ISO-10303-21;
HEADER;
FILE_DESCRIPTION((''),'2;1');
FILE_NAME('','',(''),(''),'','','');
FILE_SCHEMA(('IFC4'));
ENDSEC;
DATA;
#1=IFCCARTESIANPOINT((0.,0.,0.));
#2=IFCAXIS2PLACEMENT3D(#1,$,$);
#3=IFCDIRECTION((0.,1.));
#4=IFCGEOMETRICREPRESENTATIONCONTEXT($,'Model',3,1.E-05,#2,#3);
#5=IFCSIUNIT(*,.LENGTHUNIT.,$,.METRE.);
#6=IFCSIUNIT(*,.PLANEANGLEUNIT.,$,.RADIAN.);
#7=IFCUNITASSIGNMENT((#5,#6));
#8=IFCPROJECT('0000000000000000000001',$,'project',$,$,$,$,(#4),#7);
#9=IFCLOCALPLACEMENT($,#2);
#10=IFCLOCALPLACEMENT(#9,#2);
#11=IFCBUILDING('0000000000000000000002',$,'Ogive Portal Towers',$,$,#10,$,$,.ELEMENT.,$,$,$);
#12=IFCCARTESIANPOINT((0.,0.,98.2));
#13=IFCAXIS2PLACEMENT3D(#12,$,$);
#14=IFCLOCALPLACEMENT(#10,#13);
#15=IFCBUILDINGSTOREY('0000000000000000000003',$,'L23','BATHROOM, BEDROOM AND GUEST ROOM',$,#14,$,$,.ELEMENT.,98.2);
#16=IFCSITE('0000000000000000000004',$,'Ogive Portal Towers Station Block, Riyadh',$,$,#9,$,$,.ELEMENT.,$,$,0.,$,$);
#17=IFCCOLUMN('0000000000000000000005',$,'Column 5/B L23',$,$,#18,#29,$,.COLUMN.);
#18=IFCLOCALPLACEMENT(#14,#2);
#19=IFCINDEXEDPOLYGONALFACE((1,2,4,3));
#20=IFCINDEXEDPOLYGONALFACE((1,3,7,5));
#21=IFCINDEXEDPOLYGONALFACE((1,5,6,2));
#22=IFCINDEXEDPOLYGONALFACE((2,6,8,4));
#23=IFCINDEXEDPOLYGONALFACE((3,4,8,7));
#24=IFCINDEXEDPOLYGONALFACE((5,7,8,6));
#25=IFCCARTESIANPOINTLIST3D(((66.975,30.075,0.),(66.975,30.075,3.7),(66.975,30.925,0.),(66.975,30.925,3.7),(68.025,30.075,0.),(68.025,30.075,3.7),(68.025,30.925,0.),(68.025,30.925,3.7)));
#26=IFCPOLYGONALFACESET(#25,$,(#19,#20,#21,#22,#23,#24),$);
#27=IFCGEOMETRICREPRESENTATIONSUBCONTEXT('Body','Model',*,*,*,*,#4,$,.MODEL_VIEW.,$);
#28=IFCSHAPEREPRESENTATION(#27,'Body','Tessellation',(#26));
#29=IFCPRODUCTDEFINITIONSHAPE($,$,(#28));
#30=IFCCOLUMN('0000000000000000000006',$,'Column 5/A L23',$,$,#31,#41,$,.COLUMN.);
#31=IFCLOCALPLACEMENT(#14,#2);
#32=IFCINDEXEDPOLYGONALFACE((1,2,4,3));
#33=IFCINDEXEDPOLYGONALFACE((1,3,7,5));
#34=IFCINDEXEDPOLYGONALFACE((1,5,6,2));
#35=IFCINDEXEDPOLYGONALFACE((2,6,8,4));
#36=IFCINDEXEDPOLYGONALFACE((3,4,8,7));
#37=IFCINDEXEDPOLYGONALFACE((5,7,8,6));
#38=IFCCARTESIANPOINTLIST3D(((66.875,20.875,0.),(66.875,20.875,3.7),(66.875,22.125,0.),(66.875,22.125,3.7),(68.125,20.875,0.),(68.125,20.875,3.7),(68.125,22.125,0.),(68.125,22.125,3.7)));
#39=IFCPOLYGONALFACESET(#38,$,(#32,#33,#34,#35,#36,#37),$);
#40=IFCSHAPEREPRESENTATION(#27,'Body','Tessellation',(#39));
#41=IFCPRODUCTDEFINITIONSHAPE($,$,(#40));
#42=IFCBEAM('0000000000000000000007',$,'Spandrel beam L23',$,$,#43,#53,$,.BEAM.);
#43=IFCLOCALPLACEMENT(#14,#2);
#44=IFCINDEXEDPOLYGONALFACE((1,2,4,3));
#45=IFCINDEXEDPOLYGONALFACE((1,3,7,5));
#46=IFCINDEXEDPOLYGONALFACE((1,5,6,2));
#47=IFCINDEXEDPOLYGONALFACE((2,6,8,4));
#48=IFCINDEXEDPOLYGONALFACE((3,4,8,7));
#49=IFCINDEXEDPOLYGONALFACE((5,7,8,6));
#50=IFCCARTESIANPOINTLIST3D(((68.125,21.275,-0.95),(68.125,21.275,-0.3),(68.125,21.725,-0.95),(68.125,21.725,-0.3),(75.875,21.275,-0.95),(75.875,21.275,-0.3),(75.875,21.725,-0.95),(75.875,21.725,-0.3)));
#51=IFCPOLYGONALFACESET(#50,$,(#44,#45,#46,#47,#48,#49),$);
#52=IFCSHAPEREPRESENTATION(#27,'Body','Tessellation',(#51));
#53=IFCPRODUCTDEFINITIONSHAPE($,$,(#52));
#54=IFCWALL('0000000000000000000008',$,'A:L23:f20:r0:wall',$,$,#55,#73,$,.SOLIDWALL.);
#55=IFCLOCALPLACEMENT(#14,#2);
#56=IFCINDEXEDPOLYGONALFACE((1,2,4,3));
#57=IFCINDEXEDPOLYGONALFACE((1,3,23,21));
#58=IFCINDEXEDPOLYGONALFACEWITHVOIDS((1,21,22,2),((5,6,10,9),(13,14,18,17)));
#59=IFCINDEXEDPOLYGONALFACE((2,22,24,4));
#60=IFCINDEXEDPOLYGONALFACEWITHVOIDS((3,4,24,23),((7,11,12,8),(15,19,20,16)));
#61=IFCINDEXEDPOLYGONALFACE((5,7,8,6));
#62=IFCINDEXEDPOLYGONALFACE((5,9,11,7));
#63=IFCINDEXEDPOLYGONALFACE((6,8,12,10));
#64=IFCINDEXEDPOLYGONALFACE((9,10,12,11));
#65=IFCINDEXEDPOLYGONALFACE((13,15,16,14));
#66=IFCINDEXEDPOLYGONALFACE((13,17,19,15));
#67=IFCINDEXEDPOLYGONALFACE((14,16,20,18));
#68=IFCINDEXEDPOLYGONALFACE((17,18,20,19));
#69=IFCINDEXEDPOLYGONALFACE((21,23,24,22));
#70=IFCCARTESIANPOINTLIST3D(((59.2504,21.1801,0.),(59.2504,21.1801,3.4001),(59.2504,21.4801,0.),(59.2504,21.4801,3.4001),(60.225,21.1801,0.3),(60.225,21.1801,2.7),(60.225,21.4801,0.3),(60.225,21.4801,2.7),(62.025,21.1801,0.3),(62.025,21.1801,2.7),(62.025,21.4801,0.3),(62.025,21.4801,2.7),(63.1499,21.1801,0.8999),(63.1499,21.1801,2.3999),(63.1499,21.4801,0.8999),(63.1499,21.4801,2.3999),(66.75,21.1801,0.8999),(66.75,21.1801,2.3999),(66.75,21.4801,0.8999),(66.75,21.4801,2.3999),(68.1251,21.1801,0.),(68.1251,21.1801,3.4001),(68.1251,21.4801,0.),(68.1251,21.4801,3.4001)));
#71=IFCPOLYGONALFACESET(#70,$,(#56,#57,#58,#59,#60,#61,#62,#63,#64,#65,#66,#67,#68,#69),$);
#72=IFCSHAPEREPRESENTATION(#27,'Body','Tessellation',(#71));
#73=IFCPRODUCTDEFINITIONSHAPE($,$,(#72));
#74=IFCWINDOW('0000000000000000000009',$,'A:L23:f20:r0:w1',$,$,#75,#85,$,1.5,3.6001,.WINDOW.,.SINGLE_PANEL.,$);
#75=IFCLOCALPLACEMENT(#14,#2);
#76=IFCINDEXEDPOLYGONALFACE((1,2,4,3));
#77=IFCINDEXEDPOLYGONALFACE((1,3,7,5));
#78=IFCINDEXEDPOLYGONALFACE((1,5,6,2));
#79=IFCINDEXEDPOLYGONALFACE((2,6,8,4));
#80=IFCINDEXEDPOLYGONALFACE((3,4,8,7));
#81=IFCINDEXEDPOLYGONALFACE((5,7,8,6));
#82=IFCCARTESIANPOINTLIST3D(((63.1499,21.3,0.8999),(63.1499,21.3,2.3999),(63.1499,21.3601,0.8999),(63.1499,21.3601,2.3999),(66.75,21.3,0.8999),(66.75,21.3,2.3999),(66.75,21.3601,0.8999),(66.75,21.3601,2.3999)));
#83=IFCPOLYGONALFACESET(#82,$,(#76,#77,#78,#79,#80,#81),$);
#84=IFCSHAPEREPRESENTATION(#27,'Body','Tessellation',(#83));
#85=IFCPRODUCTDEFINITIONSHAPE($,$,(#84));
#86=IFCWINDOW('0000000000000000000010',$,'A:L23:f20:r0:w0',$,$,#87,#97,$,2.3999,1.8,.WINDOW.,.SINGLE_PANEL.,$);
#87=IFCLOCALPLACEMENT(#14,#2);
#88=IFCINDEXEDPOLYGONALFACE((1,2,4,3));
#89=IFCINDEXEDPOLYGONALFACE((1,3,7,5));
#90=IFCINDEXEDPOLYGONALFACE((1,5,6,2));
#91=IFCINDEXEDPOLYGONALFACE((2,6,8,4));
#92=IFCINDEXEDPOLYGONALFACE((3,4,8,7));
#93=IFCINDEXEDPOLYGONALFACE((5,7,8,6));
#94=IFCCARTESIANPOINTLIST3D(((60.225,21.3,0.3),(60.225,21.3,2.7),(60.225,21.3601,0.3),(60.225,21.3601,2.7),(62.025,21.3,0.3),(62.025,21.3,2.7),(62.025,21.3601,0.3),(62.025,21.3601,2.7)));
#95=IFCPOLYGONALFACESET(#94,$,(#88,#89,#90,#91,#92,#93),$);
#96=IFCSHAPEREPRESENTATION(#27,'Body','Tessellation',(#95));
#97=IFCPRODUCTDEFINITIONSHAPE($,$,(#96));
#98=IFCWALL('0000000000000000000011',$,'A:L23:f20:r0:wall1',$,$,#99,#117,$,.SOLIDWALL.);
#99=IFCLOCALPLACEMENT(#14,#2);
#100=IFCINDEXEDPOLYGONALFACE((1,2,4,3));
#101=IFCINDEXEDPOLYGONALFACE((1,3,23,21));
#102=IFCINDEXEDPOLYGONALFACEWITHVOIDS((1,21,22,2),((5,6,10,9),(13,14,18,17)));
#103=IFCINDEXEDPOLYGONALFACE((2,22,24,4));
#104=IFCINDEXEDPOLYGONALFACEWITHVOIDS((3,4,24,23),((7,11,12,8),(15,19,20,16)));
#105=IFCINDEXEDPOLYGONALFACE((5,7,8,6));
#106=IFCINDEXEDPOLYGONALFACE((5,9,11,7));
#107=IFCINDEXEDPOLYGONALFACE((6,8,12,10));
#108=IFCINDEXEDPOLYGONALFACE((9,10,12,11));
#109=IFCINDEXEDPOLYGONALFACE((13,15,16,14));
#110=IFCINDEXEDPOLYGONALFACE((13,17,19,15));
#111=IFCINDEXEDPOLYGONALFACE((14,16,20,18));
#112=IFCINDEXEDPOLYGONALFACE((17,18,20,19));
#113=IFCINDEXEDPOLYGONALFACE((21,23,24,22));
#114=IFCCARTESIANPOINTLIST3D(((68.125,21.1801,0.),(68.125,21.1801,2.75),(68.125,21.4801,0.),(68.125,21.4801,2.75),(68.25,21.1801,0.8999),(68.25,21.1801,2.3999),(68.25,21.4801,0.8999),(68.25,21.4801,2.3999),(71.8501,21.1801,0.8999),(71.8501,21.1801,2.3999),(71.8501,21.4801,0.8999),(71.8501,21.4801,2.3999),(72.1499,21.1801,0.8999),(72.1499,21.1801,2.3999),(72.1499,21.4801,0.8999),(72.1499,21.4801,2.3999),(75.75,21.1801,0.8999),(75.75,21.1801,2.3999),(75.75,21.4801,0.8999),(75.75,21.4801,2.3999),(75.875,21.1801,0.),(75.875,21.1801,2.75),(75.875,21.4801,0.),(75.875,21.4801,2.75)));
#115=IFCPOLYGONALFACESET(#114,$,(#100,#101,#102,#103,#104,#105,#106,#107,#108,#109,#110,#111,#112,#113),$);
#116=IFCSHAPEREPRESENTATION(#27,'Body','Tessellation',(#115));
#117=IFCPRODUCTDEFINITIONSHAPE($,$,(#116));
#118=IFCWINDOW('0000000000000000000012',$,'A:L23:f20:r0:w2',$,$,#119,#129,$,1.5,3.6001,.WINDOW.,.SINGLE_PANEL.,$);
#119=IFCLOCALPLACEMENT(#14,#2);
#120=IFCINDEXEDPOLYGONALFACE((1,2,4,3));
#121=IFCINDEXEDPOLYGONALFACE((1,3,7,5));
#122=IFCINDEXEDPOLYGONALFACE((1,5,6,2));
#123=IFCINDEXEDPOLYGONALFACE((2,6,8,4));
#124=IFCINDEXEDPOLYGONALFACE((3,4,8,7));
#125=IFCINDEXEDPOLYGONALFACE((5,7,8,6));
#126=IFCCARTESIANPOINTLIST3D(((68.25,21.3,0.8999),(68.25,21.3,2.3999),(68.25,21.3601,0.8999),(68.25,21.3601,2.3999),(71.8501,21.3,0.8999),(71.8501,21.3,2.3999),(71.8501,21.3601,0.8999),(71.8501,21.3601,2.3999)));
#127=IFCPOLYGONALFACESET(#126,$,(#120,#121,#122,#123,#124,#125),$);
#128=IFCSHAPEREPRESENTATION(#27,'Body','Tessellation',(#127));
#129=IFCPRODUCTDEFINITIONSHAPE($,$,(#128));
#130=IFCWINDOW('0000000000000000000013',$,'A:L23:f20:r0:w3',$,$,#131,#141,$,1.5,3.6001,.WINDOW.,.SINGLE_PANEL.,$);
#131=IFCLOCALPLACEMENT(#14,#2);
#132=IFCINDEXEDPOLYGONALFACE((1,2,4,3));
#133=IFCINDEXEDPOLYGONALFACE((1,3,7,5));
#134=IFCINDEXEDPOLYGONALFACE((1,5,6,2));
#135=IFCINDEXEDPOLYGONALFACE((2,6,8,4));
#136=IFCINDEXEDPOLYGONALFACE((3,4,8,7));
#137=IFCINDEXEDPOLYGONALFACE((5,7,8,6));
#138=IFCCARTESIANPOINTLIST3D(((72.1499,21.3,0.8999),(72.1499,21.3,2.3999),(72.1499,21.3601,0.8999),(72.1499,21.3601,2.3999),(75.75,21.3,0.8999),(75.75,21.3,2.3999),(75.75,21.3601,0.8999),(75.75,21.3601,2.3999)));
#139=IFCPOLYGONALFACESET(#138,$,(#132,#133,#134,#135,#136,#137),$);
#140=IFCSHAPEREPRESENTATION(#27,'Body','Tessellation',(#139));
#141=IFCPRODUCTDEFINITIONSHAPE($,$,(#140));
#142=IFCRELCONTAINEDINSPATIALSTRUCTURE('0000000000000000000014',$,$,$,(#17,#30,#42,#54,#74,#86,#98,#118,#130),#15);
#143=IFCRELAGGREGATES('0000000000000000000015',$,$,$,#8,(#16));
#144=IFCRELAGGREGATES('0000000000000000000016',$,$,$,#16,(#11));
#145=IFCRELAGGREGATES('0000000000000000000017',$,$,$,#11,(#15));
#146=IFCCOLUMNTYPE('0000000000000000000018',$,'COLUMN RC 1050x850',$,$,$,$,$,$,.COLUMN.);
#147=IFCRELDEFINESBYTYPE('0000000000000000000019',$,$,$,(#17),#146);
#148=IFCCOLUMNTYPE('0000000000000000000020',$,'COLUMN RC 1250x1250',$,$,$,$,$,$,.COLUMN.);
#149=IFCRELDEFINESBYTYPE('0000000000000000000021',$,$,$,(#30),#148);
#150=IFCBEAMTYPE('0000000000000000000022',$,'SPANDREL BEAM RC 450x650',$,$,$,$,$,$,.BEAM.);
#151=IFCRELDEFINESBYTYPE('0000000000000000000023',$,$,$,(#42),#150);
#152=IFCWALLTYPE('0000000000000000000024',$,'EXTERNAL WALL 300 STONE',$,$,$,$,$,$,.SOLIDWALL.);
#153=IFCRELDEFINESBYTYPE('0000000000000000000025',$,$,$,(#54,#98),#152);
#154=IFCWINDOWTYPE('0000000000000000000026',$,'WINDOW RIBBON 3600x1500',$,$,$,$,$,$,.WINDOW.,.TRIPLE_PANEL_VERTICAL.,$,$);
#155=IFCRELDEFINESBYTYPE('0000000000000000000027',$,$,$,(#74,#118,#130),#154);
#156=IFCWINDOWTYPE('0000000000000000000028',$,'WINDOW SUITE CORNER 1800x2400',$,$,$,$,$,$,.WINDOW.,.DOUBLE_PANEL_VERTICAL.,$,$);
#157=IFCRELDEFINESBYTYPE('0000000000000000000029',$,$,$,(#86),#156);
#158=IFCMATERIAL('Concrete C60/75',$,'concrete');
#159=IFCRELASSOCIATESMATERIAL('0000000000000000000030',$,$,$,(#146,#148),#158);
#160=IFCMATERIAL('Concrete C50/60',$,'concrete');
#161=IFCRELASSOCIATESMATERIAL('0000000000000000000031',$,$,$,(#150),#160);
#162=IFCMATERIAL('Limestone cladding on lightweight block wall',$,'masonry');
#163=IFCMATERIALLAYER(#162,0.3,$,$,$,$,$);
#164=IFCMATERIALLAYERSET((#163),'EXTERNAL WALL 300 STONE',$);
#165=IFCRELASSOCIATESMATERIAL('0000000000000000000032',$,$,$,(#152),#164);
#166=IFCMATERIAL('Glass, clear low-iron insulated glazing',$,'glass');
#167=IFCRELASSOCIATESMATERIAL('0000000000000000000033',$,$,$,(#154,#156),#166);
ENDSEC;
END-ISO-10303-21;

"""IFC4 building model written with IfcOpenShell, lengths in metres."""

from ifc_helpers import new_model, si_unit, direction, frame, frame_2d, origin, origin_2d, place, context, subcontext, project, spatial, rectangle, extrude, material, layer, layer_set, material_profile, profile_set, type_object, element, fill, save


model = new_model("IFC4")

# Units and contexts
model_context = context("Model", 3, precision=1e-05, world=origin(), true_north=direction((0.0, 1.0)))
body_context = subcontext(model_context, "Body", "Model", "MODEL_VIEW")
ifc_project = project(units=[si_unit("LENGTHUNIT", "METRE"), si_unit("PLANEANGLEUNIT", "RADIAN")], contexts=[model_context])

# Site, building, storey
site_placement = place(None, origin())
site = spatial("IfcSite", under=ifc_project, at=site_placement, Name="Ogive Portal Towers Station Block, Riyadh", CompositionType="ELEMENT", RefElevation=0.0)
building_placement = place(site_placement, origin())
building = spatial("IfcBuilding", under=site, at=building_placement, Name="Ogive Portal Towers", CompositionType="ELEMENT")
storey_placement = place(building_placement, frame((0.0, 0.0, 98.2)))
storey = spatial("IfcBuildingStorey", under=building, at=storey_placement, Name="L23", Description="BATHROOM, BEDROOM AND GUEST ROOM", CompositionType="ELEMENT", Elevation=98.2)

# Columns
ifc_material_1 = material(Name="Concrete C60/75", Category="concrete")
ifc_material_profile_1 = material_profile(ifc_material_1, rectangle(XDim=1.05, YDim=0.8501, at=origin_2d()), Name="RC 1050x850")
ifc_profile_set_1 = profile_set([ifc_material_profile_1], Name="Concrete C60/75")
column_type_1 = type_object("IfcColumnType", Name="COLUMN RC 1050x850", PredefinedType="COLUMN", material=ifc_profile_set_1)
column_1_placement = place(storey_placement, frame((67.5, 30.5, 0.0), z_axis=(0.0, 0.0, 1.0), x_axis=(1.0, 0.0, 0.0)))
element("IfcColumn", 1, at=column_1_placement, inside=storey, type_object=column_type_1, Name="Column 5/B L23", PredefinedType="COLUMN", context=body_context, shape_type="SweptSolid", body=[
    extrude(rectangle(XDim=1.05, YDim=0.8501, at=origin_2d()), origin(), (0.0, 0.0, 1.0), 3.7),
])
ifc_material_profile_2 = material_profile(ifc_material_1, rectangle(XDim=1.25, YDim=1.25, at=origin_2d()), Name="RC 1250x1250")
ifc_profile_set_2 = profile_set([ifc_material_profile_2], Name="Concrete C60/75")
column_type_2 = type_object("IfcColumnType", Name="COLUMN RC 1250x1250", PredefinedType="COLUMN", material=ifc_profile_set_2)
column_2_placement = place(storey_placement, frame((67.5, 21.5, 0.0), z_axis=(0.0, 0.0, 1.0), x_axis=(1.0, 0.0, 0.0)))
element("IfcColumn", 2, at=column_2_placement, inside=storey, type_object=column_type_2, Name="Column 5/A L23", PredefinedType="COLUMN", context=body_context, shape_type="SweptSolid", body=[
    extrude(rectangle(XDim=1.25, YDim=1.25, at=origin_2d()), origin(), (0.0, 0.0, 1.0), 3.7),
])

# Beam
ifc_material_2 = material(Name="Concrete C50/60", Category="concrete")
ifc_material_profile_3 = material_profile(ifc_material_2, rectangle(XDim=0.45, YDim=0.6499, at=origin_2d()), Name="RC 450x650")
ifc_profile_set_3 = profile_set([ifc_material_profile_3], Name="Concrete C50/60")
beam_type = type_object("IfcBeamType", Name="SPANDREL BEAM RC 450x650", PredefinedType="BEAM", material=ifc_profile_set_3)
beam_placement = place(storey_placement, frame((75.875, 21.5, -0.625), z_axis=(-1.0, 0.0, 0.0), x_axis=(0.0, -1.0, 0.0)))
element("IfcBeam", 3, at=beam_placement, inside=storey, type_object=beam_type, Name="Spandrel beam L23", PredefinedType="BEAM", context=body_context, shape_type="SweptSolid", body=[
    extrude(rectangle(XDim=0.45, YDim=0.6499, at=origin_2d()), origin(), (0.0, 0.0, 1.0), 7.75),
])

# Walls, openings, windows
ifc_material_3 = material(Name="Limestone cladding on lightweight block wall", Category="masonry")
ifc_layer_1 = layer(ifc_material_3, 0.3)
ifc_layer_set_1 = layer_set([ifc_layer_1], Name="EXTERNAL WALL 300 STONE")
wall_type_1 = type_object("IfcWallType", Name="EXTERNAL WALL 300 STONE", PredefinedType="SOLIDWALL", material=ifc_layer_set_1)
wall_1_placement = place(storey_placement, frame((59.2502, 21.3301, 0.0), z_axis=(0.0, 0.0, 1.0), x_axis=(1.0, 0.0, 0.0)))
wall_1 = element("IfcWall", 4, at=wall_1_placement, inside=storey, type_object=wall_type_1, Name="A:L23:f20:r0:wall", PredefinedType="SOLIDWALL", context=body_context, shape_type="SweptSolid", body=[
    extrude(rectangle(XDim=8.8748, YDim=0.3, at=frame_2d((4.4375, 0.0))), origin(), (0.0, 0.0, 1.0), 3.4001),
])
opening_1_placement = place(wall_1_placement, frame((0.9749, 0.0, 0.3)))
opening_1 = element("IfcOpeningElement", 5, at=opening_1_placement, cuts=wall_1, PredefinedType="OPENING", context=body_context, shape_type="SweptSolid", body=[
    extrude(rectangle(XDim=1.8, YDim=2.3999, at=frame_2d((0.8999, 1.2))), frame((0.0, 0.1602, 0.0), z_axis=(0.0, -1.0, 0.0), x_axis=(1.0, 0.0, 0.0)), (0.0, 0.0, 1.0), 0.3201),
])
opening_2_placement = place(wall_1_placement, frame((3.8997, 0.0, 0.8999)))
opening_2 = element("IfcOpeningElement", 6, at=opening_2_placement, cuts=wall_1, PredefinedType="OPENING", context=body_context, shape_type="SweptSolid", body=[
    extrude(rectangle(XDim=3.6001, YDim=1.5, at=frame_2d((1.8, 0.75))), frame((0.0, 0.1602, 0.0), z_axis=(0.0, -1.0, 0.0), x_axis=(1.0, 0.0, 0.0)), (0.0, 0.0, 1.0), 0.3201),
])
ifc_material_4 = material(Name="Glass, clear low-iron insulated glazing", Category="glass")
window_type_1 = type_object("IfcWindowType", Name="WINDOW RIBBON 3600x1500", PartitioningType="TRIPLE_PANEL_VERTICAL", PredefinedType="WINDOW", material=ifc_material_4)
window_1_placement = place(opening_2_placement, origin())
window_1 = element("IfcWindow", 7, at=window_1_placement, inside=storey, type_object=window_type_1, Name="A:L23:f20:r0:w1", OverallHeight=1.5, OverallWidth=3.6001, PartitioningType="SINGLE_PANEL", PredefinedType="WINDOW", context=body_context, shape_type="SweptSolid", body=[
    extrude(rectangle(XDim=3.6001, YDim=1.5, at=frame_2d((1.8, 0.75))), frame((0.0, 0.03, 0.0), z_axis=(0.0, -1.0, 0.0), x_axis=(1.0, 0.0, 0.0)), (0.0, 0.0, 1.0), 0.0601),
])
fill(opening_2, window_1)
window_type_2 = type_object("IfcWindowType", Name="WINDOW SUITE CORNER 1800x2400", PartitioningType="DOUBLE_PANEL_VERTICAL", PredefinedType="WINDOW", material=ifc_material_4)
window_2_placement = place(opening_1_placement, origin())
window_2 = element("IfcWindow", 8, at=window_2_placement, inside=storey, type_object=window_type_2, Name="A:L23:f20:r0:w0", OverallHeight=2.3999, OverallWidth=1.8, PartitioningType="SINGLE_PANEL", PredefinedType="WINDOW", context=body_context, shape_type="SweptSolid", body=[
    extrude(rectangle(XDim=1.8, YDim=2.3999, at=frame_2d((0.8999, 1.2))), frame((0.0, 0.03, 0.0), z_axis=(0.0, -1.0, 0.0), x_axis=(1.0, 0.0, 0.0)), (0.0, 0.0, 1.0), 0.0601),
])
fill(opening_1, window_2)
wall_2_placement = place(storey_placement, frame((68.125, 21.3301, 0.0), z_axis=(0.0, 0.0, 1.0), x_axis=(1.0, 0.0, 0.0)))
wall_2 = element("IfcWall", 9, at=wall_2_placement, inside=storey, type_object=wall_type_1, Name="A:L23:f20:r0:wall1", PredefinedType="SOLIDWALL", context=body_context, shape_type="SweptSolid", body=[
    extrude(rectangle(XDim=7.75, YDim=0.3, at=frame_2d((3.875, 0.0))), origin(), (0.0, 0.0, 1.0), 2.75),
])
opening_3_placement = place(wall_2_placement, frame((0.125, 0.0, 0.8999)))
opening_3 = element("IfcOpeningElement", 10, at=opening_3_placement, cuts=wall_2, PredefinedType="OPENING", context=body_context, shape_type="SweptSolid", body=[
    extrude(rectangle(XDim=3.6001, YDim=1.5, at=frame_2d((1.8, 0.75))), frame((0.0, 0.1602, 0.0), z_axis=(0.0, -1.0, 0.0), x_axis=(1.0, 0.0, 0.0)), (0.0, 0.0, 1.0), 0.3201),
])
opening_4_placement = place(wall_2_placement, frame((4.0249, 0.0, 0.8999)))
opening_4 = element("IfcOpeningElement", 11, at=opening_4_placement, cuts=wall_2, PredefinedType="OPENING", context=body_context, shape_type="SweptSolid", body=[
    extrude(rectangle(XDim=3.6001, YDim=1.5, at=frame_2d((1.8, 0.75))), frame((0.0, 0.1602, 0.0), z_axis=(0.0, -1.0, 0.0), x_axis=(1.0, 0.0, 0.0)), (0.0, 0.0, 1.0), 0.3201),
])
window_3_placement = place(opening_3_placement, origin())
window_3 = element("IfcWindow", 12, at=window_3_placement, inside=storey, type_object=window_type_1, Name="A:L23:f20:r0:w2", OverallHeight=1.5, OverallWidth=3.6001, PartitioningType="SINGLE_PANEL", PredefinedType="WINDOW", context=body_context, shape_type="SweptSolid", body=[
    extrude(rectangle(XDim=3.6001, YDim=1.5, at=frame_2d((1.8, 0.75))), frame((0.0, 0.03, 0.0), z_axis=(0.0, -1.0, 0.0), x_axis=(1.0, 0.0, 0.0)), (0.0, 0.0, 1.0), 0.0601),
])
fill(opening_3, window_3)
window_4_placement = place(opening_4_placement, origin())
window_4 = element("IfcWindow", 13, at=window_4_placement, inside=storey, type_object=window_type_1, Name="A:L23:f20:r0:w3", OverallHeight=1.5, OverallWidth=3.6001, PartitioningType="SINGLE_PANEL", PredefinedType="WINDOW", context=body_context, shape_type="SweptSolid", body=[
    extrude(rectangle(XDim=3.6001, YDim=1.5, at=frame_2d((1.8, 0.75))), frame((0.0, 0.03, 0.0), z_axis=(0.0, -1.0, 0.0), x_axis=(1.0, 0.0, 0.0)), (0.0, 0.0, 1.0), 0.0601),
])
fill(opening_4, window_4)

save(model, "model.ifc")
